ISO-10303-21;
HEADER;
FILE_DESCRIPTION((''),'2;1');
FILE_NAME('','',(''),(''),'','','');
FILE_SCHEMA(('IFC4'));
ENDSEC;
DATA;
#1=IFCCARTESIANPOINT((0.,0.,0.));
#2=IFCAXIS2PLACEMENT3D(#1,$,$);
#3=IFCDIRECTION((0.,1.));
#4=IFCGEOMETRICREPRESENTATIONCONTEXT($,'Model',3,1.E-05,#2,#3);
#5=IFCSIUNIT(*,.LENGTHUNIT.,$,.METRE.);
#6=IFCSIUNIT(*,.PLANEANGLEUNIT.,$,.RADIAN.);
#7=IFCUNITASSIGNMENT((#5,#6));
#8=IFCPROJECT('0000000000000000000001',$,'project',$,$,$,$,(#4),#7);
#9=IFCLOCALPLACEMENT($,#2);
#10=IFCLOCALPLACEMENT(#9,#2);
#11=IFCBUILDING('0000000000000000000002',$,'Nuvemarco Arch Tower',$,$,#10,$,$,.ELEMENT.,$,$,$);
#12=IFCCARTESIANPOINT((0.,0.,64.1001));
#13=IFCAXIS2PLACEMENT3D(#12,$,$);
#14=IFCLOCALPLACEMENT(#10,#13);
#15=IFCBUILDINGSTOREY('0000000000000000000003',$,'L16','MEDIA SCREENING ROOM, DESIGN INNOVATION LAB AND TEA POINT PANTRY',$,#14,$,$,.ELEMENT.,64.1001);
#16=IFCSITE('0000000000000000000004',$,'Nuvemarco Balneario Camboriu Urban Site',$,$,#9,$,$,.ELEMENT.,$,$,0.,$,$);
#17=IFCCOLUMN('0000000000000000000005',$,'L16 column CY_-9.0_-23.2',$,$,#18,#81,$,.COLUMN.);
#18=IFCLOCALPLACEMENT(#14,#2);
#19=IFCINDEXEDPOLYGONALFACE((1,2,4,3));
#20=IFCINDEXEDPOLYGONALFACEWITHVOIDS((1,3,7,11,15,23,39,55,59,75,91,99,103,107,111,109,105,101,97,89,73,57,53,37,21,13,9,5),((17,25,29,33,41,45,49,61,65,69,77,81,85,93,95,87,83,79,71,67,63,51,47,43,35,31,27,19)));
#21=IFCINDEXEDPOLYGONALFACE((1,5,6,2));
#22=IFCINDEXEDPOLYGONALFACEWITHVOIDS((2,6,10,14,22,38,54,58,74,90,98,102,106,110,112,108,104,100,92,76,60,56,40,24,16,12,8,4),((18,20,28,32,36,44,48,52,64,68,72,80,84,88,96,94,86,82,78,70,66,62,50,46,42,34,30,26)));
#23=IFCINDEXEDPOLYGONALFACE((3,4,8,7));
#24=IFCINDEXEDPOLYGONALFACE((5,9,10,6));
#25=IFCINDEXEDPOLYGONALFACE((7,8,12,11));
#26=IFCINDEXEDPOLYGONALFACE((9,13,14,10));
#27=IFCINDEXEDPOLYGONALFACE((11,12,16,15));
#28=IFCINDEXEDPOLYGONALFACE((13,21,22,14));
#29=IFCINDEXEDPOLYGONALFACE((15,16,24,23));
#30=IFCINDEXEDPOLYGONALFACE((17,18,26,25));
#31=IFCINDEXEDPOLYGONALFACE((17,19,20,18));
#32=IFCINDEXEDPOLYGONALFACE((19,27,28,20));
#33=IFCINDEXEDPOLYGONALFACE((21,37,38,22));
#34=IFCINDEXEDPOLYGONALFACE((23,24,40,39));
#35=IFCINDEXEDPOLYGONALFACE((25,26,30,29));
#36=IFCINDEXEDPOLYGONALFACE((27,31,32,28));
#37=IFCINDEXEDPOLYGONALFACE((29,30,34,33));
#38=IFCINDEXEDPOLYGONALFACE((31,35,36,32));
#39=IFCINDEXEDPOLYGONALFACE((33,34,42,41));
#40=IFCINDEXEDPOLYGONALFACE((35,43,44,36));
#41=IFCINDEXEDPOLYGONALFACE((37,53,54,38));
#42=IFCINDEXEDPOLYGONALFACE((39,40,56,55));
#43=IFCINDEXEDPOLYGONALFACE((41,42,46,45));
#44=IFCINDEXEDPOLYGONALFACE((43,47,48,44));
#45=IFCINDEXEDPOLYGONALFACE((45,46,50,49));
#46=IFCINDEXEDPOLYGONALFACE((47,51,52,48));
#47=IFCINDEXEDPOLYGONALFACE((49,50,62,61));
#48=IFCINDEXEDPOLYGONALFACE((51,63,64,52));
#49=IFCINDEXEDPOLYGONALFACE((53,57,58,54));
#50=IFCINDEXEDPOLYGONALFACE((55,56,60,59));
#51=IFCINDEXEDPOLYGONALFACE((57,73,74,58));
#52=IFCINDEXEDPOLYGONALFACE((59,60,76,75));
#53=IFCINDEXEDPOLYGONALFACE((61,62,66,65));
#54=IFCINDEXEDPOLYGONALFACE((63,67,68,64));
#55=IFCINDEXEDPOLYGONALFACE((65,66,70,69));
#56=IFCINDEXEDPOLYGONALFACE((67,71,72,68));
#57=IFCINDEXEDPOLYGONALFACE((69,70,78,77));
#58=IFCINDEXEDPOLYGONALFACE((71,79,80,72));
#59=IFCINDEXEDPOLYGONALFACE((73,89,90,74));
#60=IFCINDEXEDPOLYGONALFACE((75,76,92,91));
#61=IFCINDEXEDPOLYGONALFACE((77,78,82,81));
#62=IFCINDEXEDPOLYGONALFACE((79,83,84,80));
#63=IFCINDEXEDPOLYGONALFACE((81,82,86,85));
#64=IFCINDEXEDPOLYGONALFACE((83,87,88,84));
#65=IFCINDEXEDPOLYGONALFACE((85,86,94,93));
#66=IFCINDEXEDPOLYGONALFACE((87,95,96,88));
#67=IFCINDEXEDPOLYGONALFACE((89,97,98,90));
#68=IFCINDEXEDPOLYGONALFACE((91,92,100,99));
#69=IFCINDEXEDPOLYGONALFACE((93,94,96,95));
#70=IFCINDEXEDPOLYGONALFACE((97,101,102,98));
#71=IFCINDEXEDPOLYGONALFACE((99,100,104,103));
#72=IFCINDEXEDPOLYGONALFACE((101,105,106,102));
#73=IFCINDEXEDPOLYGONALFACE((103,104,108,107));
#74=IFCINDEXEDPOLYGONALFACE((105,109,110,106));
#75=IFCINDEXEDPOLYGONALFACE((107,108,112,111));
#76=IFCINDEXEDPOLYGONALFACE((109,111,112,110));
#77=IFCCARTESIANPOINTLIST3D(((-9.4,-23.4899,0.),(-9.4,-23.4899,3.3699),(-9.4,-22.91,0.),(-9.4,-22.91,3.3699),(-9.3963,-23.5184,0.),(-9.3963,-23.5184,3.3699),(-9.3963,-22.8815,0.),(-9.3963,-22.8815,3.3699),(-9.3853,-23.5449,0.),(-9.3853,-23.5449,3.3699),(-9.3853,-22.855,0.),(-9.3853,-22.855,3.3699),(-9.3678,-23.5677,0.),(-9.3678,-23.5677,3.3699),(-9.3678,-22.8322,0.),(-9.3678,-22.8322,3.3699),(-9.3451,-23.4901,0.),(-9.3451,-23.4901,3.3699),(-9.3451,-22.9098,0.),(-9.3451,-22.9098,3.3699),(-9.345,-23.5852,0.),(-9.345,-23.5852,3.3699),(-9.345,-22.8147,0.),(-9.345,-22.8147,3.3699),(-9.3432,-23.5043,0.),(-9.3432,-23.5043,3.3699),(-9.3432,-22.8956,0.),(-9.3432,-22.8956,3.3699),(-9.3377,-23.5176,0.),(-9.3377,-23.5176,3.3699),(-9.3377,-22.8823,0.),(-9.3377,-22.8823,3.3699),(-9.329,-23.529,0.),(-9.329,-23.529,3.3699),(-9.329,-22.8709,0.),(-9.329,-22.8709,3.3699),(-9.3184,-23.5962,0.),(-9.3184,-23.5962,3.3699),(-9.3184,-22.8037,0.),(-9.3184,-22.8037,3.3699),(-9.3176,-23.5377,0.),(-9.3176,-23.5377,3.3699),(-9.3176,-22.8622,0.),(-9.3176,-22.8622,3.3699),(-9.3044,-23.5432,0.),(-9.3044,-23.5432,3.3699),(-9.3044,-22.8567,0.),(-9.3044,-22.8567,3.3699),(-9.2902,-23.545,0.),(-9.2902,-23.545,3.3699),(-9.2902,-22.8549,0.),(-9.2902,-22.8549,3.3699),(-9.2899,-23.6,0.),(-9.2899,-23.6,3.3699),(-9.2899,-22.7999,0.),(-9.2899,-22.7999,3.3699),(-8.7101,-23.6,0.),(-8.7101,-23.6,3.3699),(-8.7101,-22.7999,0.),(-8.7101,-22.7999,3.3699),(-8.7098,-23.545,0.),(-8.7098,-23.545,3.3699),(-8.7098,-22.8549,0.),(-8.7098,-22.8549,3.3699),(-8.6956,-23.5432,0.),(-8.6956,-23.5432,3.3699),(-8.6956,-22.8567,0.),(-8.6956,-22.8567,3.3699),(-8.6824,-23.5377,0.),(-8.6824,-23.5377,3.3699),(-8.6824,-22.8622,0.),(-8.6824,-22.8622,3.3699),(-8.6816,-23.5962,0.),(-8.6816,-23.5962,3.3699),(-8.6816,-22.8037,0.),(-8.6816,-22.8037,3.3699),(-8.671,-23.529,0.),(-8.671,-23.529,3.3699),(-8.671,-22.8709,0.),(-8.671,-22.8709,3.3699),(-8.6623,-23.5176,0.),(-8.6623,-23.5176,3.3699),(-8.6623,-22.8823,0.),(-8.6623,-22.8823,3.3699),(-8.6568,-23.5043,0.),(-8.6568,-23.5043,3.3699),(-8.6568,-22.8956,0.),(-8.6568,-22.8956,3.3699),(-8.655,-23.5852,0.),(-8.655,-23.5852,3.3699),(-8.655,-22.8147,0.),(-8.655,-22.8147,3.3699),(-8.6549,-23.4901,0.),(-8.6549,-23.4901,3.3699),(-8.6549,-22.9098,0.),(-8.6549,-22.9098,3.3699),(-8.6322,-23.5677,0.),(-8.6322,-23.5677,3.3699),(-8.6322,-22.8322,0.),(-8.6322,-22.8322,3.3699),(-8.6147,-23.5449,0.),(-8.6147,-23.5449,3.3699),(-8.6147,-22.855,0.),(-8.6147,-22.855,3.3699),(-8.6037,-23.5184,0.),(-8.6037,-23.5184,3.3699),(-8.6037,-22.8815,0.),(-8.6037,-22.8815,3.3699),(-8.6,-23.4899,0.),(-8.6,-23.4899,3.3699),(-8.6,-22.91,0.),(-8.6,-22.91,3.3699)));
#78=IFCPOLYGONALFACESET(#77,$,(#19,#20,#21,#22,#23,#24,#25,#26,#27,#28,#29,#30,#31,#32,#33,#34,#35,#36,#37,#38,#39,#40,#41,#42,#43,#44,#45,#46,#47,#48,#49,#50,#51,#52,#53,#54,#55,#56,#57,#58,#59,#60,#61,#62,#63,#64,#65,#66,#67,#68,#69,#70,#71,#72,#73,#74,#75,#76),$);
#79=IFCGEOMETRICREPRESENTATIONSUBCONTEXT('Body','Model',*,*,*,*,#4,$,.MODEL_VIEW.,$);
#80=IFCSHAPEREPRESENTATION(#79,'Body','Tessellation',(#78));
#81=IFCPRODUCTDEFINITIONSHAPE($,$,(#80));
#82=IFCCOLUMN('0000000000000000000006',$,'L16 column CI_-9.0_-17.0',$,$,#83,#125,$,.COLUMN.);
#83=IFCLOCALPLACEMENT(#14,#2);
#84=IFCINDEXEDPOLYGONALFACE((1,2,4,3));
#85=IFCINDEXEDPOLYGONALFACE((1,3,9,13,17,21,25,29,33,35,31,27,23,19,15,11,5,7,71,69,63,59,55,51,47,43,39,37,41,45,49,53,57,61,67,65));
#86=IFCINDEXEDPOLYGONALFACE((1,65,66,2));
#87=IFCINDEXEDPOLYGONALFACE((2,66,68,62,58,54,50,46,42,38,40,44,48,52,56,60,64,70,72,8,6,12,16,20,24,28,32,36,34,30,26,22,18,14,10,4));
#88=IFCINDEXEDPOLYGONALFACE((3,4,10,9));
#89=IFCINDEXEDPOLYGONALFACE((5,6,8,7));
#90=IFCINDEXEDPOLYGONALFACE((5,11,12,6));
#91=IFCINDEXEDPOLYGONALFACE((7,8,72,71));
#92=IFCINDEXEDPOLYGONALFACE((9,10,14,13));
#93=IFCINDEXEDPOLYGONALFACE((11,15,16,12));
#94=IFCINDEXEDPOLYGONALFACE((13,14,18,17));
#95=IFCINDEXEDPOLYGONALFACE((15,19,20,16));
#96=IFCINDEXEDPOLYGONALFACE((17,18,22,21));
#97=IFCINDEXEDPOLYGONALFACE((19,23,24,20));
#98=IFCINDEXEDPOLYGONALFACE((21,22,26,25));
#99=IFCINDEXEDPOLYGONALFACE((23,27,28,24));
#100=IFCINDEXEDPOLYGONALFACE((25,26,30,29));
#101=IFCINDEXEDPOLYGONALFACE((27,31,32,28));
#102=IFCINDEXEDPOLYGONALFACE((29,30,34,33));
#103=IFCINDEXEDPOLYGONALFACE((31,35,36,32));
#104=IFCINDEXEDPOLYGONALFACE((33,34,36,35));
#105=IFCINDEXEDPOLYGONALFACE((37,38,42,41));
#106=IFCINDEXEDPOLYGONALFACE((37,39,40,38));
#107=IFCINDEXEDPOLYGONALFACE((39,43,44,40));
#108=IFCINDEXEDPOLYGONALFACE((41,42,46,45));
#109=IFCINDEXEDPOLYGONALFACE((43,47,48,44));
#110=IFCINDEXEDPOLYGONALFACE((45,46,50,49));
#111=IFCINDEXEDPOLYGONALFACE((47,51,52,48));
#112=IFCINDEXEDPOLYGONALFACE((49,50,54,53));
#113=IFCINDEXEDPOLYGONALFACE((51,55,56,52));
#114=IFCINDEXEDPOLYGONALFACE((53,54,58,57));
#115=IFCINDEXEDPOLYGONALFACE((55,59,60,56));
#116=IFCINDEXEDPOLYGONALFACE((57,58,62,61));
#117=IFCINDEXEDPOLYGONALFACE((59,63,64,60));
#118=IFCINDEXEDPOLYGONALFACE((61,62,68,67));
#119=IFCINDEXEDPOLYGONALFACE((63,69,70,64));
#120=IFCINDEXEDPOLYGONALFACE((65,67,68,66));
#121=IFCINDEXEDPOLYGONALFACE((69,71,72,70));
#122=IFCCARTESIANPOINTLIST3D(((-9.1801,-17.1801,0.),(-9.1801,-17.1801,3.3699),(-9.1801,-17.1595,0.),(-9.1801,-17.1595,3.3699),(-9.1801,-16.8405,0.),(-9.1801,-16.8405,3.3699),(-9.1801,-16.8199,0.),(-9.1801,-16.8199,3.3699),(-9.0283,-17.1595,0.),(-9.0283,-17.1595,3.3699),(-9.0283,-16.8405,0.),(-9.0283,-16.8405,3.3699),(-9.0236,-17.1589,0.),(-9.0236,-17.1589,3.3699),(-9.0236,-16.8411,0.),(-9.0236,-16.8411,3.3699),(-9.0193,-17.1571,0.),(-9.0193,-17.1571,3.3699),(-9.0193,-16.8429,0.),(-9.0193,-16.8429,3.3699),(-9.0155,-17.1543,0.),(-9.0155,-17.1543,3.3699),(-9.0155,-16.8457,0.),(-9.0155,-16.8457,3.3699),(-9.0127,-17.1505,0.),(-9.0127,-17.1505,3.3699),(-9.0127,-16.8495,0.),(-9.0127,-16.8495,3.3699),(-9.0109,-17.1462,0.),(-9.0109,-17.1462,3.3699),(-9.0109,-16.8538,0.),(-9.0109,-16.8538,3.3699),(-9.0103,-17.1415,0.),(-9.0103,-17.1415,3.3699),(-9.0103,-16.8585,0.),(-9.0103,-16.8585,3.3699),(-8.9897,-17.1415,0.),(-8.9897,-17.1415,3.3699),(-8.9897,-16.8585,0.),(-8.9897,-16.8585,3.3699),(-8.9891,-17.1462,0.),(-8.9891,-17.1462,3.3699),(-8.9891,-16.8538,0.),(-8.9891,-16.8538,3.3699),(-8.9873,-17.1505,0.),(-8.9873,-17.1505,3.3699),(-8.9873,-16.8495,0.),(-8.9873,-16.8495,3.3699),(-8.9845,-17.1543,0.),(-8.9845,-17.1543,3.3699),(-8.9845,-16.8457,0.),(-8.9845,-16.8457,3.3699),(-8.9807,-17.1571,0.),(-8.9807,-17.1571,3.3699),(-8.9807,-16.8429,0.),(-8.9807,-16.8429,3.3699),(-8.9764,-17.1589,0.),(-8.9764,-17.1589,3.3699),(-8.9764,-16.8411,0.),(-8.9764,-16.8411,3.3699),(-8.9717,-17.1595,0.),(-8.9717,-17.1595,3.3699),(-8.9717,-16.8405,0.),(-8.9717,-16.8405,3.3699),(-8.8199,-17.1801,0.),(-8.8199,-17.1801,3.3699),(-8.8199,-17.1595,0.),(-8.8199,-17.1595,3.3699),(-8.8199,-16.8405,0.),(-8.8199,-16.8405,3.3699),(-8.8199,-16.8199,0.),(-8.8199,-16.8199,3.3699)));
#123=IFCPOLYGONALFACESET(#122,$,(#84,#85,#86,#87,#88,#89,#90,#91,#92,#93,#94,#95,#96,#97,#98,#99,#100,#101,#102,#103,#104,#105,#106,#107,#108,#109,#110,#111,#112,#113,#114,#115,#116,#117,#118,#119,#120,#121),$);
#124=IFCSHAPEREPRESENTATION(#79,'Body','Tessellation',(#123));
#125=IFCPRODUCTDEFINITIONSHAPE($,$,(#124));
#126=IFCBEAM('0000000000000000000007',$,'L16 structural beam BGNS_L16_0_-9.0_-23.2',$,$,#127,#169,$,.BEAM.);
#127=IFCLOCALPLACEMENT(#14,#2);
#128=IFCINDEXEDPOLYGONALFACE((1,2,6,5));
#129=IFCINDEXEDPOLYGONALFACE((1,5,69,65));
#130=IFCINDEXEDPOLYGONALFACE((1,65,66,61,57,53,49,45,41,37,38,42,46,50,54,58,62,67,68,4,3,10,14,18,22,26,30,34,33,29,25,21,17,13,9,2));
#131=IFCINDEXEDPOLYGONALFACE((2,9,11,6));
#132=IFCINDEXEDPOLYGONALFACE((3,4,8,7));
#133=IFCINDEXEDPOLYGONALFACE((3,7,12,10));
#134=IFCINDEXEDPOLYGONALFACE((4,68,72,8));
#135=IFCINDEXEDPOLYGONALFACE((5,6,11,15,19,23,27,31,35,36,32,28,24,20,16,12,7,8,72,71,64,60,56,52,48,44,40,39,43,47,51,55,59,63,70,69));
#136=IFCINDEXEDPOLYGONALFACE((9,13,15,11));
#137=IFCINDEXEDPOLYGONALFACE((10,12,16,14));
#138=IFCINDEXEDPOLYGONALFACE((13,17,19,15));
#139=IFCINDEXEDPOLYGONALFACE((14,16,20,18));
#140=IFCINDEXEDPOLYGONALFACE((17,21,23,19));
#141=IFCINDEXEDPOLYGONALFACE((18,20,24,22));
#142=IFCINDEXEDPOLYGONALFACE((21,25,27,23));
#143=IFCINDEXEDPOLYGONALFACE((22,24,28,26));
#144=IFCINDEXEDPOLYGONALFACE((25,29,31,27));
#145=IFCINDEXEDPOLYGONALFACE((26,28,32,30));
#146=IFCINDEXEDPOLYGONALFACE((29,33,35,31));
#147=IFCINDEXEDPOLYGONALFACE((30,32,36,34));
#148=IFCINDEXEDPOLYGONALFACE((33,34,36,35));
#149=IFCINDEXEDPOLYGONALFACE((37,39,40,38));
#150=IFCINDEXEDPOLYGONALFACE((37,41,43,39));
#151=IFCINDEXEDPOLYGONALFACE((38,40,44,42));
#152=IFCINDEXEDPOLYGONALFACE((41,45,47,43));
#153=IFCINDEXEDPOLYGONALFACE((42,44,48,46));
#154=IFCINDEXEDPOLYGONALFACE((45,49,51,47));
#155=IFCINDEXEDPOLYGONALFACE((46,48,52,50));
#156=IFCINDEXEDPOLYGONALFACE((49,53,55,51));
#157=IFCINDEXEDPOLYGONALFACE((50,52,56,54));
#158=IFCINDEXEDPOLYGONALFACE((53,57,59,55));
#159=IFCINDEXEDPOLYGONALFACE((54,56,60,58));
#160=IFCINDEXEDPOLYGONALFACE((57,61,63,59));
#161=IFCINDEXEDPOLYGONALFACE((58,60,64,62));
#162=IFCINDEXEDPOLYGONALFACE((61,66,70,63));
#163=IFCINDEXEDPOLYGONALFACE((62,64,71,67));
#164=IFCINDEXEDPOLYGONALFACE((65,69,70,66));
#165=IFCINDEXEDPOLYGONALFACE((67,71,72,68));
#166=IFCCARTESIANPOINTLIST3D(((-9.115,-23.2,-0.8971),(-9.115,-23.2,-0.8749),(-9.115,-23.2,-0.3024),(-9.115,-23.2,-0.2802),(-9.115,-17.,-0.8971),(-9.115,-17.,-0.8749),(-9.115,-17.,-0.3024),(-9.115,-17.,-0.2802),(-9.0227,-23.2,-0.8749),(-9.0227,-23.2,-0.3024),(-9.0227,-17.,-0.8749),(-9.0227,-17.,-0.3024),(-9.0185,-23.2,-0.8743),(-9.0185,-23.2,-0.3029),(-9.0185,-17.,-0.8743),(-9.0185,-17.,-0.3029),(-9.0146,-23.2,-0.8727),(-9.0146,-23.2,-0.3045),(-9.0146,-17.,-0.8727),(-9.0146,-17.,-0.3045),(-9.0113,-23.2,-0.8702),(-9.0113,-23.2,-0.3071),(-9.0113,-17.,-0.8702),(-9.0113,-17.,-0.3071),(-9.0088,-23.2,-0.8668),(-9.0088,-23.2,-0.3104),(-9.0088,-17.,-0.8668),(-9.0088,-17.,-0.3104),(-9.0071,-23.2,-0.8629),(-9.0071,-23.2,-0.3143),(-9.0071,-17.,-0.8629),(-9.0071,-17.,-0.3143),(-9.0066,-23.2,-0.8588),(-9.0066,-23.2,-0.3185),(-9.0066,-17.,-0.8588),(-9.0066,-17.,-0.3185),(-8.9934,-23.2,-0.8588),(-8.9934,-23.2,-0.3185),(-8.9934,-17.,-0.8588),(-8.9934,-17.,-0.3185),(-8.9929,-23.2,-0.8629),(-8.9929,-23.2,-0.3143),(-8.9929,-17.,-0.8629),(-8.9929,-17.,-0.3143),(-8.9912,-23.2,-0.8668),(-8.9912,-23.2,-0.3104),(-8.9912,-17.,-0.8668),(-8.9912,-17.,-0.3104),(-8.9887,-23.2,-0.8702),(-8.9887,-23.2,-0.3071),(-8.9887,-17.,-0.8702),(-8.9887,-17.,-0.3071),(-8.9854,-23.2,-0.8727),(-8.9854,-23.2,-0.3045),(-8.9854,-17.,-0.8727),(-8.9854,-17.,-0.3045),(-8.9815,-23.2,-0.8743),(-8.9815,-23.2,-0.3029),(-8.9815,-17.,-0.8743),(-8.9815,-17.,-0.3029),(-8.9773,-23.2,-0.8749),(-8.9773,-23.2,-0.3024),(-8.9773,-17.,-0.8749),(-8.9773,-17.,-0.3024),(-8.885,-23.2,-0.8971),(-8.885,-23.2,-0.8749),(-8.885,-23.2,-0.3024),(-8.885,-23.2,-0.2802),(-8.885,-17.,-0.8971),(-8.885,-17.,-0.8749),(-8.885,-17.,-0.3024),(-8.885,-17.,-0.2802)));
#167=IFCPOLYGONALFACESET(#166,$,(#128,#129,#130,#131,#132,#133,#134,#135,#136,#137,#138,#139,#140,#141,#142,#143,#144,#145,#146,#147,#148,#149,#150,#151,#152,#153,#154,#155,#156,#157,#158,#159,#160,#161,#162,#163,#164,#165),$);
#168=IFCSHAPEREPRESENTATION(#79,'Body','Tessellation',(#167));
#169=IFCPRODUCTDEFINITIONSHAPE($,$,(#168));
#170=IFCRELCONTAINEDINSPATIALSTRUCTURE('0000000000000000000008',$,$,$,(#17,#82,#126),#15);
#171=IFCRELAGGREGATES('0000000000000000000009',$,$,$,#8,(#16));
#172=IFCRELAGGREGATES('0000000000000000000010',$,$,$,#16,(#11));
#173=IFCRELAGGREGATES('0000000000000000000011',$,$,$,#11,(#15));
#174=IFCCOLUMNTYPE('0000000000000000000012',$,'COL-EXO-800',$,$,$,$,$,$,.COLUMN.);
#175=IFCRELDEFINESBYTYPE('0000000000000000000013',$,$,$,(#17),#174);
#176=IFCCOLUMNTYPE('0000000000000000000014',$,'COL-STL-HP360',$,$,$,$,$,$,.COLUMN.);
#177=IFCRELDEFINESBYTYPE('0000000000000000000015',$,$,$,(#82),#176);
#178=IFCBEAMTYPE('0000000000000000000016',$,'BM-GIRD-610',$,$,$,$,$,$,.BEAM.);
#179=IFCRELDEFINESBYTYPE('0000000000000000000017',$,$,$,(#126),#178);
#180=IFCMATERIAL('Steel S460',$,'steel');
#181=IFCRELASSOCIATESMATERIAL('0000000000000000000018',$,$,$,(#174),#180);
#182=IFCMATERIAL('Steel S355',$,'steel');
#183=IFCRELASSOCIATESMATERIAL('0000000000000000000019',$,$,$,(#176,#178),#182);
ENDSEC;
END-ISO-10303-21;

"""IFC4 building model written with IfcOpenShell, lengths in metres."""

from ifc_helpers import new_model, si_unit, direction, frame, origin, origin_2d, place, context, subcontext, project, spatial, hollow_rectangle, i_section, extrude, material, material_profile, profile_set, type_object, element, save


model = new_model("IFC4")

# Units and contexts
model_context = context("Model", 3, precision=1e-05, world=origin(), true_north=direction((0.0, 1.0)))
body_context = subcontext(model_context, "Body", "Model", "MODEL_VIEW")
ifc_project = project(units=[si_unit("LENGTHUNIT", "METRE"), si_unit("PLANEANGLEUNIT", "RADIAN")], contexts=[model_context])

# Site, building, storey
site_placement = place(None, origin())
site = spatial("IfcSite", under=ifc_project, at=site_placement, Name="Nuvemarco Balneario Camboriu Urban Site", CompositionType="ELEMENT", RefElevation=0.0)
building_placement = place(site_placement, origin())
building = spatial("IfcBuilding", under=site, at=building_placement, Name="Nuvemarco Arch Tower", CompositionType="ELEMENT")
storey_placement = place(building_placement, frame((0.0, 0.0, 64.1001)))
storey = spatial("IfcBuildingStorey", under=building, at=storey_placement, Name="L16", Description="MEDIA SCREENING ROOM, DESIGN INNOVATION LAB AND TEA POINT PANTRY", CompositionType="ELEMENT", Elevation=64.1001)

# Columns
ifc_material_1 = material(Name="Steel S460", Category="steel")
ifc_material_profile_1 = material_profile(ifc_material_1, hollow_rectangle(XDim=0.8, YDim=0.8, WallThickness=0.0549, InnerFilletRadius=0.0549, OuterFilletRadius=0.1101, at=origin_2d()), Name="SHS800x800x55")
ifc_profile_set_1 = profile_set([ifc_material_profile_1], Name="Steel S460")
column_type_1 = type_object("IfcColumnType", Name="COL-EXO-800", PredefinedType="COLUMN", material=ifc_profile_set_1)
column_1_placement = place(storey_placement, frame((-9.0, -23.2, 0.0), z_axis=(0.0, 0.0, 1.0), x_axis=(1.0, 0.0, 0.0)))
element("IfcColumn", 1, at=column_1_placement, inside=storey, type_object=column_type_1, Name="L16 column CY_-9.0_-23.2", PredefinedType="COLUMN", context=body_context, shape_type="SweptSolid", body=[
    extrude(hollow_rectangle(XDim=0.8, YDim=0.8, WallThickness=0.0549, InnerFilletRadius=0.0549, OuterFilletRadius=0.1101, at=origin_2d()), origin(), (0.0, 0.0, 1.0), 3.3699),
])
ifc_material_2 = material(Name="Steel S355", Category="steel")
ifc_material_profile_2 = material_profile(ifc_material_2, i_section(OverallWidth=0.3601, OverallDepth=0.3601, WebThickness=0.0205, FlangeThickness=0.0205, FilletRadius=0.0181, at=origin_2d()), Name="HP360x174")
ifc_profile_set_2 = profile_set([ifc_material_profile_2], Name="Steel S355")
column_type_2 = type_object("IfcColumnType", Name="COL-STL-HP360", PredefinedType="COLUMN", material=ifc_profile_set_2)
column_2_placement = place(storey_placement, frame((-9.0, -17.0, 0.0), z_axis=(0.0, 0.0, 1.0), x_axis=(1.0, 0.0, 0.0)))
element("IfcColumn", 2, at=column_2_placement, inside=storey, type_object=column_type_2, Name="L16 column CI_-9.0_-17.0", PredefinedType="COLUMN", context=body_context, shape_type="SweptSolid", body=[
    extrude(i_section(OverallWidth=0.3601, OverallDepth=0.3601, WebThickness=0.0205, FlangeThickness=0.0205, FilletRadius=0.0181, at=origin_2d()), origin(), (0.0, 0.0, 1.0), 3.3699),
])

# Beam
ifc_material_profile_3 = material_profile(ifc_material_2, i_section(OverallWidth=0.23, OverallDepth=0.6169, WebThickness=0.0132, FlangeThickness=0.0222, FilletRadius=0.0161, at=origin_2d()), Name="W610x140")
ifc_profile_set_3 = profile_set([ifc_material_profile_3], Name="Steel S355")
beam_type_1 = type_object("IfcBeamType", Name="BM-GIRD-610", PredefinedType="BEAM", material=ifc_profile_set_3)
beam_1_placement = place(storey_placement, frame((-9.0, -23.2, -0.5886), z_axis=(0.0, 1.0, 0.0), x_axis=(-1.0, 0.0, 0.0)))
element("IfcBeam", 3, at=beam_1_placement, inside=storey, type_object=beam_type_1, Name="L16 structural beam BGNS_L16_0_-9.0_-23.2", PredefinedType="BEAM", context=body_context, shape_type="SweptSolid", body=[
    extrude(i_section(OverallWidth=0.23, OverallDepth=0.6169, WebThickness=0.0132, FlangeThickness=0.0222, FilletRadius=0.0161, at=origin_2d()), origin(), (0.0, 0.0, 1.0), 6.2),
])

save(model, "model.ifc")
